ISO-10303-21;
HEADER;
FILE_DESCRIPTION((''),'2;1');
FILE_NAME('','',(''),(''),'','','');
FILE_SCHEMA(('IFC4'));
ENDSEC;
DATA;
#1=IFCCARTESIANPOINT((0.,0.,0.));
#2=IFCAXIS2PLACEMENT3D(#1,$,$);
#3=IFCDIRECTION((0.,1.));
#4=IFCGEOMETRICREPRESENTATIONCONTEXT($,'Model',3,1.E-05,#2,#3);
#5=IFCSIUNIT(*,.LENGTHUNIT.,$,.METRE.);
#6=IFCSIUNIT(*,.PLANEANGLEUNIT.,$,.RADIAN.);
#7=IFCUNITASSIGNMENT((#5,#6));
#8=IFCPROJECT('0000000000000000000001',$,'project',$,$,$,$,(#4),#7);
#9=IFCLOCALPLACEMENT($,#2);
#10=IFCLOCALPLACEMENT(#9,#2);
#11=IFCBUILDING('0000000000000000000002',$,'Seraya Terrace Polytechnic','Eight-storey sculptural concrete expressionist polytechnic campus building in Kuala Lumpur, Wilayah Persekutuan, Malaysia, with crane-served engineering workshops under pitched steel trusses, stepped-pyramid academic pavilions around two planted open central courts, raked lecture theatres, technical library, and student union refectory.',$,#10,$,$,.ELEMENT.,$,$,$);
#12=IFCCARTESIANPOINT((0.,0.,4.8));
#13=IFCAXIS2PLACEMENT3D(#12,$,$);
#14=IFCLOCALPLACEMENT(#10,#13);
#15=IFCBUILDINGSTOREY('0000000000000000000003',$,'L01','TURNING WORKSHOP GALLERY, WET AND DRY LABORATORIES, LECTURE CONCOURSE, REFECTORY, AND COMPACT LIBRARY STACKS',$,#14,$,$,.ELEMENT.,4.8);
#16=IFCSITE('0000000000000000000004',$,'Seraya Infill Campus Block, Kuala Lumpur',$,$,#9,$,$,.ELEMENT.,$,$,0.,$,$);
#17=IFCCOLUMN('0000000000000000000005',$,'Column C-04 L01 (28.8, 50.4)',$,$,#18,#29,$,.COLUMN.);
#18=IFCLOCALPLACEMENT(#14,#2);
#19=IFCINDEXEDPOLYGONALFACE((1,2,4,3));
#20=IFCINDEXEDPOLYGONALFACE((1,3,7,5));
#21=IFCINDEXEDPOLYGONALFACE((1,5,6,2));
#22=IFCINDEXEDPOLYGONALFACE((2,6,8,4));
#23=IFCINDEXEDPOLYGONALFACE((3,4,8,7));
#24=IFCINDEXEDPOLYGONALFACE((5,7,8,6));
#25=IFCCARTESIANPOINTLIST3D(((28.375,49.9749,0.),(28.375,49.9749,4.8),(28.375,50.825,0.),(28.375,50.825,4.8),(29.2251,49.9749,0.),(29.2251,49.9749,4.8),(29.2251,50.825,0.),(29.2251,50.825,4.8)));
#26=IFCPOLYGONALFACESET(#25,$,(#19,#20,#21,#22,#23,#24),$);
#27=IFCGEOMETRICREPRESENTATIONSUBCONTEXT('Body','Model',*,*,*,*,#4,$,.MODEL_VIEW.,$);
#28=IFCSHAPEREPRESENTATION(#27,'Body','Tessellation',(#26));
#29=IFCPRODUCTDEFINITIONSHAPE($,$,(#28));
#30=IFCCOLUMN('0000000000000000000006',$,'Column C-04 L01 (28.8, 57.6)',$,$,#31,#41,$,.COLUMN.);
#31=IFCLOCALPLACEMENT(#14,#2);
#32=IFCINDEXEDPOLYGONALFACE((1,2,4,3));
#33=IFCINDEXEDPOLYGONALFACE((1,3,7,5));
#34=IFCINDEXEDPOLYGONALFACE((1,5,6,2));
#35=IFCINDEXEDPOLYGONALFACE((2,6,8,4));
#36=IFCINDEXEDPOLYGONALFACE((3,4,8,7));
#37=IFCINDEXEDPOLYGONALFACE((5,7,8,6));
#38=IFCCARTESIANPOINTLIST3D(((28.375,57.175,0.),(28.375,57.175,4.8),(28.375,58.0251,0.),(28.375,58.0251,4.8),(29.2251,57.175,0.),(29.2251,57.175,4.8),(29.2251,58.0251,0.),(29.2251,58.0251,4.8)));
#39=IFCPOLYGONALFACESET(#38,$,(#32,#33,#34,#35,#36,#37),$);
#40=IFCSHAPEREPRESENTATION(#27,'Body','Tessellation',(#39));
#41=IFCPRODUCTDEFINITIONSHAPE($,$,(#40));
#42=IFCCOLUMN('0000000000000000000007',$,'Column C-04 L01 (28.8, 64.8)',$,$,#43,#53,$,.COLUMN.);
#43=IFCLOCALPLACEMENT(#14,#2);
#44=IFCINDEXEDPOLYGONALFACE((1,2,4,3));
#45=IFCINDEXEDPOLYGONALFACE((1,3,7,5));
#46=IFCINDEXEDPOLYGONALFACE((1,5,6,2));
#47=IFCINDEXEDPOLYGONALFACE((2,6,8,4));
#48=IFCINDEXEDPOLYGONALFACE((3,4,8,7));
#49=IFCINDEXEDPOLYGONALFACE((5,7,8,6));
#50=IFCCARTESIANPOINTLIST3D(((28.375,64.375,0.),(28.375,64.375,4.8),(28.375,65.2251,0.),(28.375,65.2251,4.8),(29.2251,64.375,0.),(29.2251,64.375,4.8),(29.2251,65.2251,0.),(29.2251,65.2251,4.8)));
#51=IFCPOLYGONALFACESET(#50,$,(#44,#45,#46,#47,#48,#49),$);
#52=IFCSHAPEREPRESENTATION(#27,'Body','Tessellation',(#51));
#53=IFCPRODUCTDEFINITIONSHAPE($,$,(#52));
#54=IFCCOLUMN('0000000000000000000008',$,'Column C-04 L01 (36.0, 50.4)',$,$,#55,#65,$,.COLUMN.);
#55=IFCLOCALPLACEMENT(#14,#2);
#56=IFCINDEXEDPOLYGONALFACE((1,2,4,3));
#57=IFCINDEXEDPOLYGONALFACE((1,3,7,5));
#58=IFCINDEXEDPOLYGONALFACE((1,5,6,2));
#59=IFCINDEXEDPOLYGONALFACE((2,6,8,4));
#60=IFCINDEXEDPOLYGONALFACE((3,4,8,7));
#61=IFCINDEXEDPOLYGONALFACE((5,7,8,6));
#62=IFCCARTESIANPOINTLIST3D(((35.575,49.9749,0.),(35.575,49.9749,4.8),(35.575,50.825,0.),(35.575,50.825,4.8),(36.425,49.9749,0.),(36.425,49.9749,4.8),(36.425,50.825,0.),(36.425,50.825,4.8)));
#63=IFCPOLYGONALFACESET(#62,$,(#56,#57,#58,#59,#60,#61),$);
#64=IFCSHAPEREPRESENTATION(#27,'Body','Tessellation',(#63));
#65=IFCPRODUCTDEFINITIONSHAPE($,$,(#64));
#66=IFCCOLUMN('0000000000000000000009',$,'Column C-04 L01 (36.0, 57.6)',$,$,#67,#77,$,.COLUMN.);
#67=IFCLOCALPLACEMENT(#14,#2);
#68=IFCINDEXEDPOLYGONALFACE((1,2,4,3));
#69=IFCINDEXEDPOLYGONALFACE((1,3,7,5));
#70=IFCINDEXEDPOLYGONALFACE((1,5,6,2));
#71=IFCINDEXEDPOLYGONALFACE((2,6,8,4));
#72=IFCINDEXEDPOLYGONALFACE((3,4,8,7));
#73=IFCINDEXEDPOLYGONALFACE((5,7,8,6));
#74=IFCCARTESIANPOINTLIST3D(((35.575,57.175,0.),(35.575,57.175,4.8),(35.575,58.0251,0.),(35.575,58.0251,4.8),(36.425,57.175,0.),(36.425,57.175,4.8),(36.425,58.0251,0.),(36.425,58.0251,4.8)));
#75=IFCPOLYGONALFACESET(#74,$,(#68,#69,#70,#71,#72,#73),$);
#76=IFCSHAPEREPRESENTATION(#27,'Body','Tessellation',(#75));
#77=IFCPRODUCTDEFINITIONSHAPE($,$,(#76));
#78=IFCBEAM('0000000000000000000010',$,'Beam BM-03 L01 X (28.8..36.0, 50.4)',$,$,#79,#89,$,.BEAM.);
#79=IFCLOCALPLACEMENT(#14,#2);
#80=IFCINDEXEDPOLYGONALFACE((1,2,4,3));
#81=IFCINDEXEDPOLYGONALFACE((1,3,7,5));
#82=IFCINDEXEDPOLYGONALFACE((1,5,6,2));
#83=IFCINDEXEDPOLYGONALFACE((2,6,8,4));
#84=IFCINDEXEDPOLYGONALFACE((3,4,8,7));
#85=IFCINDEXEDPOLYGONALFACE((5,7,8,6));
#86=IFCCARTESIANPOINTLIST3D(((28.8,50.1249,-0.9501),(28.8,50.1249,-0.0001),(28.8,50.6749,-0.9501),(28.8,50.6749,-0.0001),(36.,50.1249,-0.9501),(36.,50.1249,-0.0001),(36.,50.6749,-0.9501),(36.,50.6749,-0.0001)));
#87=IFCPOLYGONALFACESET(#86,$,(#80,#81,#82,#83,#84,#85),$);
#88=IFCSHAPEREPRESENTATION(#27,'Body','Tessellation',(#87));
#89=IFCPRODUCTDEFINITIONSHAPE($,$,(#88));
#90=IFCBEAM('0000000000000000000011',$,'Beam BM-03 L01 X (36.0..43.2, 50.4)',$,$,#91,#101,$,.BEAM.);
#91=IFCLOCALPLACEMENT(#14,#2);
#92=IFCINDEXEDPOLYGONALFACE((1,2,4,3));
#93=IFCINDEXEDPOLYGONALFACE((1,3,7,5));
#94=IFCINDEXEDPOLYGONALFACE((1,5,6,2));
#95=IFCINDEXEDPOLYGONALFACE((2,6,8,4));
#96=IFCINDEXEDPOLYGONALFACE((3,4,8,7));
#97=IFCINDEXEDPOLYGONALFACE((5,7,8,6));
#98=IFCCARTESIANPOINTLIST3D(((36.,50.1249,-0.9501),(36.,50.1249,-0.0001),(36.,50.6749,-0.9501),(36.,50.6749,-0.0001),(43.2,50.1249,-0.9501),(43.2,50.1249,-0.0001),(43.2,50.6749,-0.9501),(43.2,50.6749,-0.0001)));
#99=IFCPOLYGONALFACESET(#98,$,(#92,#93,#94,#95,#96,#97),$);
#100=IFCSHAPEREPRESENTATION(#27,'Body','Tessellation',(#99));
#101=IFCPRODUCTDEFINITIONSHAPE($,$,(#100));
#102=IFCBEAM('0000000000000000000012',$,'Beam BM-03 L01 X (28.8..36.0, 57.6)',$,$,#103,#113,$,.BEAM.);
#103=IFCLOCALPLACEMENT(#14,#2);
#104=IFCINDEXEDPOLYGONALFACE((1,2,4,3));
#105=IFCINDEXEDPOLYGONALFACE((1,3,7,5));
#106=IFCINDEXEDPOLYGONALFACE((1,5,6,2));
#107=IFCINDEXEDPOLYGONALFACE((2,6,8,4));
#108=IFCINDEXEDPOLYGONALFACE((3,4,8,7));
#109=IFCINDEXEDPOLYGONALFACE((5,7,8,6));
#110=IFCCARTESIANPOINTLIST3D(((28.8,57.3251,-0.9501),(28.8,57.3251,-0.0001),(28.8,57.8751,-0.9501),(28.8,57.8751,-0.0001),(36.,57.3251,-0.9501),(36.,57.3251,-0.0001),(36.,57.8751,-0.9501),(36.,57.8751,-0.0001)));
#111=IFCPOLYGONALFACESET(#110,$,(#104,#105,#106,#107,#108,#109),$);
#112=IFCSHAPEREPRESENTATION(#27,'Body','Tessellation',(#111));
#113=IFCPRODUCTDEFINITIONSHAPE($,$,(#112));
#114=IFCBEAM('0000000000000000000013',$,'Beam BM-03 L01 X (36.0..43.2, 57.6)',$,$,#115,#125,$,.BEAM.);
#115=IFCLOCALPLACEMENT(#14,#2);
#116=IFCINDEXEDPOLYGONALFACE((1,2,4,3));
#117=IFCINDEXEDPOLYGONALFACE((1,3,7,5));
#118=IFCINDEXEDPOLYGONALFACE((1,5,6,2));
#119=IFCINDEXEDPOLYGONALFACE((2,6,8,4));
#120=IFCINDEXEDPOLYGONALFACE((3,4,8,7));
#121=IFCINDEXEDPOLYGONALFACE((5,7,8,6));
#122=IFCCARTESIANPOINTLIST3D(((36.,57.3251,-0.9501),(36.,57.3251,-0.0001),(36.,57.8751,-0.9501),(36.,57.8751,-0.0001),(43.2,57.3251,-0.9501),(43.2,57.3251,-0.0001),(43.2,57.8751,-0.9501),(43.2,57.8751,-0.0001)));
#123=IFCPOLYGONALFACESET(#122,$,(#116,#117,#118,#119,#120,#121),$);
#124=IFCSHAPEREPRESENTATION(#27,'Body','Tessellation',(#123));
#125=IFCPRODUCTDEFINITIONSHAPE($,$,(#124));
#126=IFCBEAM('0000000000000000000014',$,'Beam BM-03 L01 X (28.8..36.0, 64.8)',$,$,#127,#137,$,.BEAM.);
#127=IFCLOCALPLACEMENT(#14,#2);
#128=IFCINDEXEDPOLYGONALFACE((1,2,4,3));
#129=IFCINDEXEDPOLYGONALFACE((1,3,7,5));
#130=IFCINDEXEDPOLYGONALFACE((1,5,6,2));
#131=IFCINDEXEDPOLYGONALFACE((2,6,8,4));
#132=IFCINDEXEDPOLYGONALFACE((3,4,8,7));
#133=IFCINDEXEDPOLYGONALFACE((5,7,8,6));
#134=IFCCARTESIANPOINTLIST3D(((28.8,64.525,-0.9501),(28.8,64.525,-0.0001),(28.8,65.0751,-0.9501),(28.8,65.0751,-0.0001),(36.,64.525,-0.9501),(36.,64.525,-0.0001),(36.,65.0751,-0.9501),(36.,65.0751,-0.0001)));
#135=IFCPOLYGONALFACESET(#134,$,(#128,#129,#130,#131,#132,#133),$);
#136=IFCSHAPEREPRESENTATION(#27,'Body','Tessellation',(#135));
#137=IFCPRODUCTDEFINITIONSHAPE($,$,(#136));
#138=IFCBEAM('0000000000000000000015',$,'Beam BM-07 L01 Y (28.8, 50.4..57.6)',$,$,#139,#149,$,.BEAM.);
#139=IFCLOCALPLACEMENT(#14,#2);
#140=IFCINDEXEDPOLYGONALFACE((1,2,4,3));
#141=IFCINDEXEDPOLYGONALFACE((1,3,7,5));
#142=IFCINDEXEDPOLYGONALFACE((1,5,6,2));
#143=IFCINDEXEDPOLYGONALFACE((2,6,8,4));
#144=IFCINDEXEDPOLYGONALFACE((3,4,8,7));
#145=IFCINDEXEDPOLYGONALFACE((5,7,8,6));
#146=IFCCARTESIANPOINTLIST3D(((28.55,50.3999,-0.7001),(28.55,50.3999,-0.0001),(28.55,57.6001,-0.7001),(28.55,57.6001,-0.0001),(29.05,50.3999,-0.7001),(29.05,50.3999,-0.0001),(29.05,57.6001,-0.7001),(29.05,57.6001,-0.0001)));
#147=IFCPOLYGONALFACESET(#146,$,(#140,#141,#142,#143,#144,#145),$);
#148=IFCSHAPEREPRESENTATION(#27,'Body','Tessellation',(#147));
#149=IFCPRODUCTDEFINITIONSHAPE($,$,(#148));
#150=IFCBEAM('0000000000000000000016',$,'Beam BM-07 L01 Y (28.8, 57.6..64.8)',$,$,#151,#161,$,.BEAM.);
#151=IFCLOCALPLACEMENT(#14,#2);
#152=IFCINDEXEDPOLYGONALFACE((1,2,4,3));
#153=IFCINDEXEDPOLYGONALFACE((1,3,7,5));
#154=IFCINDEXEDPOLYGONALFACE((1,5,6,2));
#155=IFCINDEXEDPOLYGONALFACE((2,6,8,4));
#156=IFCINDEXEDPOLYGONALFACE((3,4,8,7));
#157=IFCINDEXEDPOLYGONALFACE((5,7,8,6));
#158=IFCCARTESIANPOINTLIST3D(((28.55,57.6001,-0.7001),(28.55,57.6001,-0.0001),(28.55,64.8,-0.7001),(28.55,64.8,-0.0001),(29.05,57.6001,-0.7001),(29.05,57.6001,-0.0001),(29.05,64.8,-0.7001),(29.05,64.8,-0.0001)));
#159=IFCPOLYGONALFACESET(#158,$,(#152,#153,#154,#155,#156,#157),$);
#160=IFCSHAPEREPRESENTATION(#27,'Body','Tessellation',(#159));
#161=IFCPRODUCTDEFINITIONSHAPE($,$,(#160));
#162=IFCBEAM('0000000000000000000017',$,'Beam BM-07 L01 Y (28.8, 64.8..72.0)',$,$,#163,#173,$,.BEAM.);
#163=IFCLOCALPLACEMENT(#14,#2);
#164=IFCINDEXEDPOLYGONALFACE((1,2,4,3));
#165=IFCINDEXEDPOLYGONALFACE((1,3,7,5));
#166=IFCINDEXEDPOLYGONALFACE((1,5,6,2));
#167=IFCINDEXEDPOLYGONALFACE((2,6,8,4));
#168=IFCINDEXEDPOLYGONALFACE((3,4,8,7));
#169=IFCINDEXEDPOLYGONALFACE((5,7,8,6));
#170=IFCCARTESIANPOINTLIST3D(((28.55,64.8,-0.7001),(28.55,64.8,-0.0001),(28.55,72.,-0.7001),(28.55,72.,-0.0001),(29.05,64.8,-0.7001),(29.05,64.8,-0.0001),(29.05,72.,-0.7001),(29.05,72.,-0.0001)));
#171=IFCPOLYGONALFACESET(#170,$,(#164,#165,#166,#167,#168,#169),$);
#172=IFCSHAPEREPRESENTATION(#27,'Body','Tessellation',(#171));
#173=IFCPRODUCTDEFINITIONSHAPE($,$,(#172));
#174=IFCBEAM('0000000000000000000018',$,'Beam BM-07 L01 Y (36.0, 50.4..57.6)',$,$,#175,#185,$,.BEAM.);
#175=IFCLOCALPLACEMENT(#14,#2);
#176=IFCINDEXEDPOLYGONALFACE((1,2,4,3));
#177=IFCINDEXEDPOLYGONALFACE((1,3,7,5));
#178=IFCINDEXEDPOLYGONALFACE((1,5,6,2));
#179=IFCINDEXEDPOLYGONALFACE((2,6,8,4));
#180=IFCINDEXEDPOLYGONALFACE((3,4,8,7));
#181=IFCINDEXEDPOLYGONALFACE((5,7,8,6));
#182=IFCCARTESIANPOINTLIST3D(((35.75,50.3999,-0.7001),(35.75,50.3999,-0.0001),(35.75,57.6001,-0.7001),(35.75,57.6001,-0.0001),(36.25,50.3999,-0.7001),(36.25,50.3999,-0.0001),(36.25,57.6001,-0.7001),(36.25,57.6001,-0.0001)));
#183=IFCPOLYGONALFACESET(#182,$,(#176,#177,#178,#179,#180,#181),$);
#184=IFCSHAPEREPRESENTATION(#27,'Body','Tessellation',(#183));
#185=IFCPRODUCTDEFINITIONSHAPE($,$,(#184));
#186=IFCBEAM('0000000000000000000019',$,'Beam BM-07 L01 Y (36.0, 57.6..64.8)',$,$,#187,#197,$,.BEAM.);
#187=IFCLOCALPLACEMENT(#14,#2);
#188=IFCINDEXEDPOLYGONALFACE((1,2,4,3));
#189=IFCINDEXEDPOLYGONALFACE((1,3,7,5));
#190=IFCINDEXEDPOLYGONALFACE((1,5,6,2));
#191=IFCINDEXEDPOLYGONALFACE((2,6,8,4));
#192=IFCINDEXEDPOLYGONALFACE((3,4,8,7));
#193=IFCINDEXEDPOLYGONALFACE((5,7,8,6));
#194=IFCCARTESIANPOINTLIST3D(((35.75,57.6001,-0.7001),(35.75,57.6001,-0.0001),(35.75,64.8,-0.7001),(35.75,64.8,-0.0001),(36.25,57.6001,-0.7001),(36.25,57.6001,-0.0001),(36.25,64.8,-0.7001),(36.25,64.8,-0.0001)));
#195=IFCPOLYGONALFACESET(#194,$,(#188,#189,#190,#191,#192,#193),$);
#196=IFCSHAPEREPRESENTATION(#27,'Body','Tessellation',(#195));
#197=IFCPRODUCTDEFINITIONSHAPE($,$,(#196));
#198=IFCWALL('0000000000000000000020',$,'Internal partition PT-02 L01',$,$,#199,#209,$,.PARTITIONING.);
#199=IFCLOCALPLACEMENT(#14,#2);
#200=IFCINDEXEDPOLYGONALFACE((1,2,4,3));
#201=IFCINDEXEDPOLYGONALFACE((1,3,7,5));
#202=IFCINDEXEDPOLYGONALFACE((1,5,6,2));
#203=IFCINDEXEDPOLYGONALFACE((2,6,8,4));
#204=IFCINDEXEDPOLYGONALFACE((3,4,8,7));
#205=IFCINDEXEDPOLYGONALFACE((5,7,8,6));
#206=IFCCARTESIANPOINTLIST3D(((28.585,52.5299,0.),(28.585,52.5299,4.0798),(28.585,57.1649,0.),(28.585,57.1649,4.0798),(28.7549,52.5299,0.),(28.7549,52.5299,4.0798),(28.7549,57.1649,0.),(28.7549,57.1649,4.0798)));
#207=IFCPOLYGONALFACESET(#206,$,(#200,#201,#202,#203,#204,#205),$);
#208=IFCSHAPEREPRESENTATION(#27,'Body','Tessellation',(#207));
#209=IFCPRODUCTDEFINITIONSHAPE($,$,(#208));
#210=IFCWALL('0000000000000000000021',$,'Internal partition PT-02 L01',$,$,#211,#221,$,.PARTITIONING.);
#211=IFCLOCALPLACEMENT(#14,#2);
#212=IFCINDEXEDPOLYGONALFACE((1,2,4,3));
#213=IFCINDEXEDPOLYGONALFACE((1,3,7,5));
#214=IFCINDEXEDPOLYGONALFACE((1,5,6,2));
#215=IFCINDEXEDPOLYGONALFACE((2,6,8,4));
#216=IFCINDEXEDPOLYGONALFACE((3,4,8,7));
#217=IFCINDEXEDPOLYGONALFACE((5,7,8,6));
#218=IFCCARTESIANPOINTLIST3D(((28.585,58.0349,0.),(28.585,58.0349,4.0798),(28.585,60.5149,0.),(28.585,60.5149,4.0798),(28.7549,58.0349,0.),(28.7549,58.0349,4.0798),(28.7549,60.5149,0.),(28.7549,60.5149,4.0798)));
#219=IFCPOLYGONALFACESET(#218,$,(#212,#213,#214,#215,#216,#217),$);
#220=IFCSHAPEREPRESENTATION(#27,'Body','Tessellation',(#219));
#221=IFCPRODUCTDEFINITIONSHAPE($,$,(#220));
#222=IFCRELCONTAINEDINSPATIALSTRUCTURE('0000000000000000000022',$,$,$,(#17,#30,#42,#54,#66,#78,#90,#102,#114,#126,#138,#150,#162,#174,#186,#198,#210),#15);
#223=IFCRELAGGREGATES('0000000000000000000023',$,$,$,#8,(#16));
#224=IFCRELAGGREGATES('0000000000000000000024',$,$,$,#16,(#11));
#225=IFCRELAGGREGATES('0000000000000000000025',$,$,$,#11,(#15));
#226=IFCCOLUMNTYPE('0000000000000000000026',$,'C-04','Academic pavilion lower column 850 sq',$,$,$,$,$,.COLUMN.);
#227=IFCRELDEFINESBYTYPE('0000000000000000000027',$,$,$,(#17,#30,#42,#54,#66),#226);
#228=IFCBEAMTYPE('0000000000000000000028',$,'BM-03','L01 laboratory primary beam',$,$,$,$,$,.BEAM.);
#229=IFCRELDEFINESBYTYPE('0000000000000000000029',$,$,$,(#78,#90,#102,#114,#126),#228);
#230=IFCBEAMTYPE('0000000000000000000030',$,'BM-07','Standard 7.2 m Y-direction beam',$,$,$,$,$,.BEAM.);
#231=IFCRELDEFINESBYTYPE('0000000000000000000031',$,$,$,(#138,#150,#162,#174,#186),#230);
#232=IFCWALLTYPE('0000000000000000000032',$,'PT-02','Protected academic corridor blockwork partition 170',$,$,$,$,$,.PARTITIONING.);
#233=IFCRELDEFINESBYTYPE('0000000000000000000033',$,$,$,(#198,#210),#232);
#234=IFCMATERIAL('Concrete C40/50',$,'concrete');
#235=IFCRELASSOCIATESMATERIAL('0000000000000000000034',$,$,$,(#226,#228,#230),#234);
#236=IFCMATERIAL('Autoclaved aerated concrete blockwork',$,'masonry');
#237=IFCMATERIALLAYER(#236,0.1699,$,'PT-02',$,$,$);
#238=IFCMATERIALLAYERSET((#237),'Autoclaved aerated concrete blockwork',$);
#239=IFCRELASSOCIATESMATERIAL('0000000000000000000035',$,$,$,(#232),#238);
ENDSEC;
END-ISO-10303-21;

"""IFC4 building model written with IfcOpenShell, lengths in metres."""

from ifc_helpers import new_model, si_unit, direction, frame, frame_2d, origin, origin_2d, place, context, subcontext, project, spatial, rectangle, extrude, material, layer, layer_set, material_profile, profile_set, type_object, element, save


model = new_model("IFC4")

# Units and contexts
model_context = context("Model", 3, precision=1e-05, world=origin(), true_north=direction((0.0, 1.0)))
body_context = subcontext(model_context, "Body", "Model", "MODEL_VIEW")
ifc_project = project(units=[si_unit("LENGTHUNIT", "METRE"), si_unit("PLANEANGLEUNIT", "RADIAN")], contexts=[model_context])

# Site, building, storey
site_placement = place(None, origin())
site = spatial("IfcSite", under=ifc_project, at=site_placement, Name="Seraya Infill Campus Block, Kuala Lumpur", CompositionType="ELEMENT", RefElevation=0.0)
building_placement = place(site_placement, origin())
building = spatial("IfcBuilding", under=site, at=building_placement, Name="Seraya Terrace Polytechnic", Description="Eight-storey sculptural concrete expressionist polytechnic campus building in Kuala Lumpur, Wilayah Persekutuan, Malaysia, with crane-served engineering workshops under pitched steel trusses, stepped-pyramid academic pavilions around two planted open central courts, raked lecture theatres, technical library, and student union refectory.", CompositionType="ELEMENT")
storey_placement = place(building_placement, frame((0.0, 0.0, 4.8)))
storey = spatial("IfcBuildingStorey", under=building, at=storey_placement, Name="L01", Description="TURNING WORKSHOP GALLERY, WET AND DRY LABORATORIES, LECTURE CONCOURSE, REFECTORY, AND COMPACT LIBRARY STACKS", CompositionType="ELEMENT", Elevation=4.8)

# Columns
ifc_material_1 = material(Name="Concrete C40/50", Category="concrete")
ifc_material_profile_1 = material_profile(ifc_material_1, rectangle(XDim=0.8501, YDim=0.8501, at=origin_2d()), Name="RC 850x850")
ifc_profile_set_1 = profile_set([ifc_material_profile_1], Name="Concrete C40/50")
column_type = type_object("IfcColumnType", Name="C-04", Description="Academic pavilion lower column 850 sq", PredefinedType="COLUMN", material=ifc_profile_set_1)
for number, where, z_axis, x_axis, name in (
    (1, (28.8, 50.3999, 0.0), (0.0, 0.0, 1.0), (1.0, 0.0, 0.0), "Column C-04 L01 (28.8, 50.4)"),
    (2, (28.8, 57.6001, 0.0), (0.0, 0.0, 1.0), (1.0, 0.0, 0.0), "Column C-04 L01 (28.8, 57.6)"),
    (3, (28.8, 64.8, 0.0), (0.0, 0.0, 1.0), (1.0, 0.0, 0.0), "Column C-04 L01 (28.8, 64.8)"),
    (4, (36.0, 50.3999, 0.0), (0.0, 0.0, 1.0), (1.0, 0.0, 0.0), "Column C-04 L01 (36.0, 50.4)"),
    (5, (36.0, 57.6001, 0.0), (0.0, 0.0, 1.0), (1.0, 0.0, 0.0), "Column C-04 L01 (36.0, 57.6)"),
):
    element("IfcColumn", number, at=place(storey_placement, frame(where, z_axis=z_axis, x_axis=x_axis)), inside=storey, type_object=column_type, Name=name, PredefinedType="COLUMN", context=body_context, shape_type="SweptSolid", body=[
        extrude(rectangle(XDim=0.8501, YDim=0.8501, at=origin_2d()), origin(), (0.0, 0.0, 1.0), 4.8),
    ])

# Beams
ifc_material_profile_2 = material_profile(ifc_material_1, rectangle(XDim=0.55, YDim=0.95, at=origin_2d()), Name="RC 550x950")
ifc_profile_set_2 = profile_set([ifc_material_profile_2], Name="Concrete C40/50")
beam_type_1 = type_object("IfcBeamType", Name="BM-03", Description="L01 laboratory primary beam", PredefinedType="BEAM", material=ifc_profile_set_2)
for number, where, z_axis, x_axis, name in (
    (6, (28.8, 50.3999, -0.4751), (1.0, 0.0, 0.0), (0.0, 1.0, 0.0), "Beam BM-03 L01 X (28.8..36.0, 50.4)"),
    (7, (36.0, 50.3999, -0.4751), (1.0, 0.0, 0.0), (0.0, 1.0, 0.0), "Beam BM-03 L01 X (36.0..43.2, 50.4)"),
    (8, (28.8, 57.6001, -0.4751), (1.0, 0.0, 0.0), (0.0, 1.0, 0.0), "Beam BM-03 L01 X (28.8..36.0, 57.6)"),
    (9, (36.0, 57.6001, -0.4751), (1.0, 0.0, 0.0), (0.0, 1.0, 0.0), "Beam BM-03 L01 X (36.0..43.2, 57.6)"),
    (10, (28.8, 64.8, -0.4751), (1.0, 0.0, 0.0), (0.0, 1.0, 0.0), "Beam BM-03 L01 X (28.8..36.0, 64.8)"),
):
    element("IfcBeam", number, at=place(storey_placement, frame(where, z_axis=z_axis, x_axis=x_axis)), inside=storey, type_object=beam_type_1, Name=name, PredefinedType="BEAM", context=body_context, shape_type="SweptSolid", body=[
        extrude(rectangle(XDim=0.55, YDim=0.95, at=origin_2d()), origin(), (0.0, 0.0, 1.0), 7.2),
    ])
ifc_material_profile_3 = material_profile(ifc_material_1, rectangle(XDim=0.5, YDim=0.7, at=origin_2d()), Name="RC 500x700")
ifc_profile_set_3 = profile_set([ifc_material_profile_3], Name="Concrete C40/50")
beam_type_2 = type_object("IfcBeamType", Name="BM-07", Description="Standard 7.2 m Y-direction beam", PredefinedType="BEAM", material=ifc_profile_set_3)
beam_1_placement = place(storey_placement, frame((28.8, 50.3999, -0.3501), z_axis=(0.0, 1.0, 0.0), x_axis=(-1.0, 0.0, 0.0)))
element("IfcBeam", 11, at=beam_1_placement, inside=storey, type_object=beam_type_2, Name="Beam BM-07 L01 Y (28.8, 50.4..57.6)", PredefinedType="BEAM", context=body_context, shape_type="SweptSolid", body=[
    extrude(rectangle(XDim=0.5, YDim=0.7, at=origin_2d()), origin(), (0.0, 0.0, 1.0), 7.2002),
])
for number, where, z_axis, x_axis, name in (
    (12, (28.8, 57.6001, -0.3501), (0.0, 1.0, 0.0), (-1.0, 0.0, 0.0), "Beam BM-07 L01 Y (28.8, 57.6..64.8)"),
    (13, (28.8, 64.8, -0.3501), (0.0, 1.0, 0.0), (-1.0, 0.0, 0.0), "Beam BM-07 L01 Y (28.8, 64.8..72.0)"),
):
    element("IfcBeam", number, at=place(storey_placement, frame(where, z_axis=z_axis, x_axis=x_axis)), inside=storey, type_object=beam_type_2, Name=name, PredefinedType="BEAM", context=body_context, shape_type="SweptSolid", body=[
        extrude(rectangle(XDim=0.5, YDim=0.7, at=origin_2d()), origin(), (0.0, 0.0, 1.0), 7.2),
    ])
beam_2_placement = place(storey_placement, frame((36.0, 50.3999, -0.3501), z_axis=(0.0, 1.0, 0.0), x_axis=(-1.0, 0.0, 0.0)))
element("IfcBeam", 14, at=beam_2_placement, inside=storey, type_object=beam_type_2, Name="Beam BM-07 L01 Y (36.0, 50.4..57.6)", PredefinedType="BEAM", context=body_context, shape_type="SweptSolid", body=[
    extrude(rectangle(XDim=0.5, YDim=0.7, at=origin_2d()), origin(), (0.0, 0.0, 1.0), 7.2002),
])
beam_3_placement = place(storey_placement, frame((36.0, 57.6001, -0.3501), z_axis=(0.0, 1.0, 0.0), x_axis=(-1.0, 0.0, 0.0)))
element("IfcBeam", 15, at=beam_3_placement, inside=storey, type_object=beam_type_2, Name="Beam BM-07 L01 Y (36.0, 57.6..64.8)", PredefinedType="BEAM", context=body_context, shape_type="SweptSolid", body=[
    extrude(rectangle(XDim=0.5, YDim=0.7, at=origin_2d()), origin(), (0.0, 0.0, 1.0), 7.2),
])

# Walls
ifc_material_2 = material(Name="Autoclaved aerated concrete blockwork", Category="masonry")
ifc_layer_1 = layer(ifc_material_2, 0.1699, Name="PT-02")
ifc_layer_set_1 = layer_set([ifc_layer_1], Name="Autoclaved aerated concrete blockwork")
wall_type_1 = type_object("IfcWallType", Name="PT-02", Description="Protected academic corridor blockwork partition 170", PredefinedType="PARTITIONING", material=ifc_layer_set_1)
wall_1_placement = place(storey_placement, frame((28.6699, 52.53, 0.0), z_axis=(0.0, 0.0, 1.0), x_axis=(0.0, 1.0, 0.0)))
element("IfcWall", 16, at=wall_1_placement, inside=storey, type_object=wall_type_1, Name="Internal partition PT-02 L01", PredefinedType="PARTITIONING", context=body_context, shape_type="SweptSolid", body=[
    extrude(rectangle(XDim=4.635, YDim=0.1699, at=frame_2d((2.3174, 0.0))), origin(), (0.0, 0.0, 1.0), 4.0798),
])
wall_2_placement = place(storey_placement, frame((28.6699, 58.0349, 0.0), z_axis=(0.0, 0.0, 1.0), x_axis=(0.0, 1.0, 0.0)))
element("IfcWall", 17, at=wall_2_placement, inside=storey, type_object=wall_type_1, Name="Internal partition PT-02 L01", PredefinedType="PARTITIONING", context=body_context, shape_type="SweptSolid", body=[
    extrude(rectangle(XDim=2.48, YDim=0.1699, at=frame_2d((1.24, 0.0))), origin(), (0.0, 0.0, 1.0), 4.0798),
])

save(model, "model.ifc")
